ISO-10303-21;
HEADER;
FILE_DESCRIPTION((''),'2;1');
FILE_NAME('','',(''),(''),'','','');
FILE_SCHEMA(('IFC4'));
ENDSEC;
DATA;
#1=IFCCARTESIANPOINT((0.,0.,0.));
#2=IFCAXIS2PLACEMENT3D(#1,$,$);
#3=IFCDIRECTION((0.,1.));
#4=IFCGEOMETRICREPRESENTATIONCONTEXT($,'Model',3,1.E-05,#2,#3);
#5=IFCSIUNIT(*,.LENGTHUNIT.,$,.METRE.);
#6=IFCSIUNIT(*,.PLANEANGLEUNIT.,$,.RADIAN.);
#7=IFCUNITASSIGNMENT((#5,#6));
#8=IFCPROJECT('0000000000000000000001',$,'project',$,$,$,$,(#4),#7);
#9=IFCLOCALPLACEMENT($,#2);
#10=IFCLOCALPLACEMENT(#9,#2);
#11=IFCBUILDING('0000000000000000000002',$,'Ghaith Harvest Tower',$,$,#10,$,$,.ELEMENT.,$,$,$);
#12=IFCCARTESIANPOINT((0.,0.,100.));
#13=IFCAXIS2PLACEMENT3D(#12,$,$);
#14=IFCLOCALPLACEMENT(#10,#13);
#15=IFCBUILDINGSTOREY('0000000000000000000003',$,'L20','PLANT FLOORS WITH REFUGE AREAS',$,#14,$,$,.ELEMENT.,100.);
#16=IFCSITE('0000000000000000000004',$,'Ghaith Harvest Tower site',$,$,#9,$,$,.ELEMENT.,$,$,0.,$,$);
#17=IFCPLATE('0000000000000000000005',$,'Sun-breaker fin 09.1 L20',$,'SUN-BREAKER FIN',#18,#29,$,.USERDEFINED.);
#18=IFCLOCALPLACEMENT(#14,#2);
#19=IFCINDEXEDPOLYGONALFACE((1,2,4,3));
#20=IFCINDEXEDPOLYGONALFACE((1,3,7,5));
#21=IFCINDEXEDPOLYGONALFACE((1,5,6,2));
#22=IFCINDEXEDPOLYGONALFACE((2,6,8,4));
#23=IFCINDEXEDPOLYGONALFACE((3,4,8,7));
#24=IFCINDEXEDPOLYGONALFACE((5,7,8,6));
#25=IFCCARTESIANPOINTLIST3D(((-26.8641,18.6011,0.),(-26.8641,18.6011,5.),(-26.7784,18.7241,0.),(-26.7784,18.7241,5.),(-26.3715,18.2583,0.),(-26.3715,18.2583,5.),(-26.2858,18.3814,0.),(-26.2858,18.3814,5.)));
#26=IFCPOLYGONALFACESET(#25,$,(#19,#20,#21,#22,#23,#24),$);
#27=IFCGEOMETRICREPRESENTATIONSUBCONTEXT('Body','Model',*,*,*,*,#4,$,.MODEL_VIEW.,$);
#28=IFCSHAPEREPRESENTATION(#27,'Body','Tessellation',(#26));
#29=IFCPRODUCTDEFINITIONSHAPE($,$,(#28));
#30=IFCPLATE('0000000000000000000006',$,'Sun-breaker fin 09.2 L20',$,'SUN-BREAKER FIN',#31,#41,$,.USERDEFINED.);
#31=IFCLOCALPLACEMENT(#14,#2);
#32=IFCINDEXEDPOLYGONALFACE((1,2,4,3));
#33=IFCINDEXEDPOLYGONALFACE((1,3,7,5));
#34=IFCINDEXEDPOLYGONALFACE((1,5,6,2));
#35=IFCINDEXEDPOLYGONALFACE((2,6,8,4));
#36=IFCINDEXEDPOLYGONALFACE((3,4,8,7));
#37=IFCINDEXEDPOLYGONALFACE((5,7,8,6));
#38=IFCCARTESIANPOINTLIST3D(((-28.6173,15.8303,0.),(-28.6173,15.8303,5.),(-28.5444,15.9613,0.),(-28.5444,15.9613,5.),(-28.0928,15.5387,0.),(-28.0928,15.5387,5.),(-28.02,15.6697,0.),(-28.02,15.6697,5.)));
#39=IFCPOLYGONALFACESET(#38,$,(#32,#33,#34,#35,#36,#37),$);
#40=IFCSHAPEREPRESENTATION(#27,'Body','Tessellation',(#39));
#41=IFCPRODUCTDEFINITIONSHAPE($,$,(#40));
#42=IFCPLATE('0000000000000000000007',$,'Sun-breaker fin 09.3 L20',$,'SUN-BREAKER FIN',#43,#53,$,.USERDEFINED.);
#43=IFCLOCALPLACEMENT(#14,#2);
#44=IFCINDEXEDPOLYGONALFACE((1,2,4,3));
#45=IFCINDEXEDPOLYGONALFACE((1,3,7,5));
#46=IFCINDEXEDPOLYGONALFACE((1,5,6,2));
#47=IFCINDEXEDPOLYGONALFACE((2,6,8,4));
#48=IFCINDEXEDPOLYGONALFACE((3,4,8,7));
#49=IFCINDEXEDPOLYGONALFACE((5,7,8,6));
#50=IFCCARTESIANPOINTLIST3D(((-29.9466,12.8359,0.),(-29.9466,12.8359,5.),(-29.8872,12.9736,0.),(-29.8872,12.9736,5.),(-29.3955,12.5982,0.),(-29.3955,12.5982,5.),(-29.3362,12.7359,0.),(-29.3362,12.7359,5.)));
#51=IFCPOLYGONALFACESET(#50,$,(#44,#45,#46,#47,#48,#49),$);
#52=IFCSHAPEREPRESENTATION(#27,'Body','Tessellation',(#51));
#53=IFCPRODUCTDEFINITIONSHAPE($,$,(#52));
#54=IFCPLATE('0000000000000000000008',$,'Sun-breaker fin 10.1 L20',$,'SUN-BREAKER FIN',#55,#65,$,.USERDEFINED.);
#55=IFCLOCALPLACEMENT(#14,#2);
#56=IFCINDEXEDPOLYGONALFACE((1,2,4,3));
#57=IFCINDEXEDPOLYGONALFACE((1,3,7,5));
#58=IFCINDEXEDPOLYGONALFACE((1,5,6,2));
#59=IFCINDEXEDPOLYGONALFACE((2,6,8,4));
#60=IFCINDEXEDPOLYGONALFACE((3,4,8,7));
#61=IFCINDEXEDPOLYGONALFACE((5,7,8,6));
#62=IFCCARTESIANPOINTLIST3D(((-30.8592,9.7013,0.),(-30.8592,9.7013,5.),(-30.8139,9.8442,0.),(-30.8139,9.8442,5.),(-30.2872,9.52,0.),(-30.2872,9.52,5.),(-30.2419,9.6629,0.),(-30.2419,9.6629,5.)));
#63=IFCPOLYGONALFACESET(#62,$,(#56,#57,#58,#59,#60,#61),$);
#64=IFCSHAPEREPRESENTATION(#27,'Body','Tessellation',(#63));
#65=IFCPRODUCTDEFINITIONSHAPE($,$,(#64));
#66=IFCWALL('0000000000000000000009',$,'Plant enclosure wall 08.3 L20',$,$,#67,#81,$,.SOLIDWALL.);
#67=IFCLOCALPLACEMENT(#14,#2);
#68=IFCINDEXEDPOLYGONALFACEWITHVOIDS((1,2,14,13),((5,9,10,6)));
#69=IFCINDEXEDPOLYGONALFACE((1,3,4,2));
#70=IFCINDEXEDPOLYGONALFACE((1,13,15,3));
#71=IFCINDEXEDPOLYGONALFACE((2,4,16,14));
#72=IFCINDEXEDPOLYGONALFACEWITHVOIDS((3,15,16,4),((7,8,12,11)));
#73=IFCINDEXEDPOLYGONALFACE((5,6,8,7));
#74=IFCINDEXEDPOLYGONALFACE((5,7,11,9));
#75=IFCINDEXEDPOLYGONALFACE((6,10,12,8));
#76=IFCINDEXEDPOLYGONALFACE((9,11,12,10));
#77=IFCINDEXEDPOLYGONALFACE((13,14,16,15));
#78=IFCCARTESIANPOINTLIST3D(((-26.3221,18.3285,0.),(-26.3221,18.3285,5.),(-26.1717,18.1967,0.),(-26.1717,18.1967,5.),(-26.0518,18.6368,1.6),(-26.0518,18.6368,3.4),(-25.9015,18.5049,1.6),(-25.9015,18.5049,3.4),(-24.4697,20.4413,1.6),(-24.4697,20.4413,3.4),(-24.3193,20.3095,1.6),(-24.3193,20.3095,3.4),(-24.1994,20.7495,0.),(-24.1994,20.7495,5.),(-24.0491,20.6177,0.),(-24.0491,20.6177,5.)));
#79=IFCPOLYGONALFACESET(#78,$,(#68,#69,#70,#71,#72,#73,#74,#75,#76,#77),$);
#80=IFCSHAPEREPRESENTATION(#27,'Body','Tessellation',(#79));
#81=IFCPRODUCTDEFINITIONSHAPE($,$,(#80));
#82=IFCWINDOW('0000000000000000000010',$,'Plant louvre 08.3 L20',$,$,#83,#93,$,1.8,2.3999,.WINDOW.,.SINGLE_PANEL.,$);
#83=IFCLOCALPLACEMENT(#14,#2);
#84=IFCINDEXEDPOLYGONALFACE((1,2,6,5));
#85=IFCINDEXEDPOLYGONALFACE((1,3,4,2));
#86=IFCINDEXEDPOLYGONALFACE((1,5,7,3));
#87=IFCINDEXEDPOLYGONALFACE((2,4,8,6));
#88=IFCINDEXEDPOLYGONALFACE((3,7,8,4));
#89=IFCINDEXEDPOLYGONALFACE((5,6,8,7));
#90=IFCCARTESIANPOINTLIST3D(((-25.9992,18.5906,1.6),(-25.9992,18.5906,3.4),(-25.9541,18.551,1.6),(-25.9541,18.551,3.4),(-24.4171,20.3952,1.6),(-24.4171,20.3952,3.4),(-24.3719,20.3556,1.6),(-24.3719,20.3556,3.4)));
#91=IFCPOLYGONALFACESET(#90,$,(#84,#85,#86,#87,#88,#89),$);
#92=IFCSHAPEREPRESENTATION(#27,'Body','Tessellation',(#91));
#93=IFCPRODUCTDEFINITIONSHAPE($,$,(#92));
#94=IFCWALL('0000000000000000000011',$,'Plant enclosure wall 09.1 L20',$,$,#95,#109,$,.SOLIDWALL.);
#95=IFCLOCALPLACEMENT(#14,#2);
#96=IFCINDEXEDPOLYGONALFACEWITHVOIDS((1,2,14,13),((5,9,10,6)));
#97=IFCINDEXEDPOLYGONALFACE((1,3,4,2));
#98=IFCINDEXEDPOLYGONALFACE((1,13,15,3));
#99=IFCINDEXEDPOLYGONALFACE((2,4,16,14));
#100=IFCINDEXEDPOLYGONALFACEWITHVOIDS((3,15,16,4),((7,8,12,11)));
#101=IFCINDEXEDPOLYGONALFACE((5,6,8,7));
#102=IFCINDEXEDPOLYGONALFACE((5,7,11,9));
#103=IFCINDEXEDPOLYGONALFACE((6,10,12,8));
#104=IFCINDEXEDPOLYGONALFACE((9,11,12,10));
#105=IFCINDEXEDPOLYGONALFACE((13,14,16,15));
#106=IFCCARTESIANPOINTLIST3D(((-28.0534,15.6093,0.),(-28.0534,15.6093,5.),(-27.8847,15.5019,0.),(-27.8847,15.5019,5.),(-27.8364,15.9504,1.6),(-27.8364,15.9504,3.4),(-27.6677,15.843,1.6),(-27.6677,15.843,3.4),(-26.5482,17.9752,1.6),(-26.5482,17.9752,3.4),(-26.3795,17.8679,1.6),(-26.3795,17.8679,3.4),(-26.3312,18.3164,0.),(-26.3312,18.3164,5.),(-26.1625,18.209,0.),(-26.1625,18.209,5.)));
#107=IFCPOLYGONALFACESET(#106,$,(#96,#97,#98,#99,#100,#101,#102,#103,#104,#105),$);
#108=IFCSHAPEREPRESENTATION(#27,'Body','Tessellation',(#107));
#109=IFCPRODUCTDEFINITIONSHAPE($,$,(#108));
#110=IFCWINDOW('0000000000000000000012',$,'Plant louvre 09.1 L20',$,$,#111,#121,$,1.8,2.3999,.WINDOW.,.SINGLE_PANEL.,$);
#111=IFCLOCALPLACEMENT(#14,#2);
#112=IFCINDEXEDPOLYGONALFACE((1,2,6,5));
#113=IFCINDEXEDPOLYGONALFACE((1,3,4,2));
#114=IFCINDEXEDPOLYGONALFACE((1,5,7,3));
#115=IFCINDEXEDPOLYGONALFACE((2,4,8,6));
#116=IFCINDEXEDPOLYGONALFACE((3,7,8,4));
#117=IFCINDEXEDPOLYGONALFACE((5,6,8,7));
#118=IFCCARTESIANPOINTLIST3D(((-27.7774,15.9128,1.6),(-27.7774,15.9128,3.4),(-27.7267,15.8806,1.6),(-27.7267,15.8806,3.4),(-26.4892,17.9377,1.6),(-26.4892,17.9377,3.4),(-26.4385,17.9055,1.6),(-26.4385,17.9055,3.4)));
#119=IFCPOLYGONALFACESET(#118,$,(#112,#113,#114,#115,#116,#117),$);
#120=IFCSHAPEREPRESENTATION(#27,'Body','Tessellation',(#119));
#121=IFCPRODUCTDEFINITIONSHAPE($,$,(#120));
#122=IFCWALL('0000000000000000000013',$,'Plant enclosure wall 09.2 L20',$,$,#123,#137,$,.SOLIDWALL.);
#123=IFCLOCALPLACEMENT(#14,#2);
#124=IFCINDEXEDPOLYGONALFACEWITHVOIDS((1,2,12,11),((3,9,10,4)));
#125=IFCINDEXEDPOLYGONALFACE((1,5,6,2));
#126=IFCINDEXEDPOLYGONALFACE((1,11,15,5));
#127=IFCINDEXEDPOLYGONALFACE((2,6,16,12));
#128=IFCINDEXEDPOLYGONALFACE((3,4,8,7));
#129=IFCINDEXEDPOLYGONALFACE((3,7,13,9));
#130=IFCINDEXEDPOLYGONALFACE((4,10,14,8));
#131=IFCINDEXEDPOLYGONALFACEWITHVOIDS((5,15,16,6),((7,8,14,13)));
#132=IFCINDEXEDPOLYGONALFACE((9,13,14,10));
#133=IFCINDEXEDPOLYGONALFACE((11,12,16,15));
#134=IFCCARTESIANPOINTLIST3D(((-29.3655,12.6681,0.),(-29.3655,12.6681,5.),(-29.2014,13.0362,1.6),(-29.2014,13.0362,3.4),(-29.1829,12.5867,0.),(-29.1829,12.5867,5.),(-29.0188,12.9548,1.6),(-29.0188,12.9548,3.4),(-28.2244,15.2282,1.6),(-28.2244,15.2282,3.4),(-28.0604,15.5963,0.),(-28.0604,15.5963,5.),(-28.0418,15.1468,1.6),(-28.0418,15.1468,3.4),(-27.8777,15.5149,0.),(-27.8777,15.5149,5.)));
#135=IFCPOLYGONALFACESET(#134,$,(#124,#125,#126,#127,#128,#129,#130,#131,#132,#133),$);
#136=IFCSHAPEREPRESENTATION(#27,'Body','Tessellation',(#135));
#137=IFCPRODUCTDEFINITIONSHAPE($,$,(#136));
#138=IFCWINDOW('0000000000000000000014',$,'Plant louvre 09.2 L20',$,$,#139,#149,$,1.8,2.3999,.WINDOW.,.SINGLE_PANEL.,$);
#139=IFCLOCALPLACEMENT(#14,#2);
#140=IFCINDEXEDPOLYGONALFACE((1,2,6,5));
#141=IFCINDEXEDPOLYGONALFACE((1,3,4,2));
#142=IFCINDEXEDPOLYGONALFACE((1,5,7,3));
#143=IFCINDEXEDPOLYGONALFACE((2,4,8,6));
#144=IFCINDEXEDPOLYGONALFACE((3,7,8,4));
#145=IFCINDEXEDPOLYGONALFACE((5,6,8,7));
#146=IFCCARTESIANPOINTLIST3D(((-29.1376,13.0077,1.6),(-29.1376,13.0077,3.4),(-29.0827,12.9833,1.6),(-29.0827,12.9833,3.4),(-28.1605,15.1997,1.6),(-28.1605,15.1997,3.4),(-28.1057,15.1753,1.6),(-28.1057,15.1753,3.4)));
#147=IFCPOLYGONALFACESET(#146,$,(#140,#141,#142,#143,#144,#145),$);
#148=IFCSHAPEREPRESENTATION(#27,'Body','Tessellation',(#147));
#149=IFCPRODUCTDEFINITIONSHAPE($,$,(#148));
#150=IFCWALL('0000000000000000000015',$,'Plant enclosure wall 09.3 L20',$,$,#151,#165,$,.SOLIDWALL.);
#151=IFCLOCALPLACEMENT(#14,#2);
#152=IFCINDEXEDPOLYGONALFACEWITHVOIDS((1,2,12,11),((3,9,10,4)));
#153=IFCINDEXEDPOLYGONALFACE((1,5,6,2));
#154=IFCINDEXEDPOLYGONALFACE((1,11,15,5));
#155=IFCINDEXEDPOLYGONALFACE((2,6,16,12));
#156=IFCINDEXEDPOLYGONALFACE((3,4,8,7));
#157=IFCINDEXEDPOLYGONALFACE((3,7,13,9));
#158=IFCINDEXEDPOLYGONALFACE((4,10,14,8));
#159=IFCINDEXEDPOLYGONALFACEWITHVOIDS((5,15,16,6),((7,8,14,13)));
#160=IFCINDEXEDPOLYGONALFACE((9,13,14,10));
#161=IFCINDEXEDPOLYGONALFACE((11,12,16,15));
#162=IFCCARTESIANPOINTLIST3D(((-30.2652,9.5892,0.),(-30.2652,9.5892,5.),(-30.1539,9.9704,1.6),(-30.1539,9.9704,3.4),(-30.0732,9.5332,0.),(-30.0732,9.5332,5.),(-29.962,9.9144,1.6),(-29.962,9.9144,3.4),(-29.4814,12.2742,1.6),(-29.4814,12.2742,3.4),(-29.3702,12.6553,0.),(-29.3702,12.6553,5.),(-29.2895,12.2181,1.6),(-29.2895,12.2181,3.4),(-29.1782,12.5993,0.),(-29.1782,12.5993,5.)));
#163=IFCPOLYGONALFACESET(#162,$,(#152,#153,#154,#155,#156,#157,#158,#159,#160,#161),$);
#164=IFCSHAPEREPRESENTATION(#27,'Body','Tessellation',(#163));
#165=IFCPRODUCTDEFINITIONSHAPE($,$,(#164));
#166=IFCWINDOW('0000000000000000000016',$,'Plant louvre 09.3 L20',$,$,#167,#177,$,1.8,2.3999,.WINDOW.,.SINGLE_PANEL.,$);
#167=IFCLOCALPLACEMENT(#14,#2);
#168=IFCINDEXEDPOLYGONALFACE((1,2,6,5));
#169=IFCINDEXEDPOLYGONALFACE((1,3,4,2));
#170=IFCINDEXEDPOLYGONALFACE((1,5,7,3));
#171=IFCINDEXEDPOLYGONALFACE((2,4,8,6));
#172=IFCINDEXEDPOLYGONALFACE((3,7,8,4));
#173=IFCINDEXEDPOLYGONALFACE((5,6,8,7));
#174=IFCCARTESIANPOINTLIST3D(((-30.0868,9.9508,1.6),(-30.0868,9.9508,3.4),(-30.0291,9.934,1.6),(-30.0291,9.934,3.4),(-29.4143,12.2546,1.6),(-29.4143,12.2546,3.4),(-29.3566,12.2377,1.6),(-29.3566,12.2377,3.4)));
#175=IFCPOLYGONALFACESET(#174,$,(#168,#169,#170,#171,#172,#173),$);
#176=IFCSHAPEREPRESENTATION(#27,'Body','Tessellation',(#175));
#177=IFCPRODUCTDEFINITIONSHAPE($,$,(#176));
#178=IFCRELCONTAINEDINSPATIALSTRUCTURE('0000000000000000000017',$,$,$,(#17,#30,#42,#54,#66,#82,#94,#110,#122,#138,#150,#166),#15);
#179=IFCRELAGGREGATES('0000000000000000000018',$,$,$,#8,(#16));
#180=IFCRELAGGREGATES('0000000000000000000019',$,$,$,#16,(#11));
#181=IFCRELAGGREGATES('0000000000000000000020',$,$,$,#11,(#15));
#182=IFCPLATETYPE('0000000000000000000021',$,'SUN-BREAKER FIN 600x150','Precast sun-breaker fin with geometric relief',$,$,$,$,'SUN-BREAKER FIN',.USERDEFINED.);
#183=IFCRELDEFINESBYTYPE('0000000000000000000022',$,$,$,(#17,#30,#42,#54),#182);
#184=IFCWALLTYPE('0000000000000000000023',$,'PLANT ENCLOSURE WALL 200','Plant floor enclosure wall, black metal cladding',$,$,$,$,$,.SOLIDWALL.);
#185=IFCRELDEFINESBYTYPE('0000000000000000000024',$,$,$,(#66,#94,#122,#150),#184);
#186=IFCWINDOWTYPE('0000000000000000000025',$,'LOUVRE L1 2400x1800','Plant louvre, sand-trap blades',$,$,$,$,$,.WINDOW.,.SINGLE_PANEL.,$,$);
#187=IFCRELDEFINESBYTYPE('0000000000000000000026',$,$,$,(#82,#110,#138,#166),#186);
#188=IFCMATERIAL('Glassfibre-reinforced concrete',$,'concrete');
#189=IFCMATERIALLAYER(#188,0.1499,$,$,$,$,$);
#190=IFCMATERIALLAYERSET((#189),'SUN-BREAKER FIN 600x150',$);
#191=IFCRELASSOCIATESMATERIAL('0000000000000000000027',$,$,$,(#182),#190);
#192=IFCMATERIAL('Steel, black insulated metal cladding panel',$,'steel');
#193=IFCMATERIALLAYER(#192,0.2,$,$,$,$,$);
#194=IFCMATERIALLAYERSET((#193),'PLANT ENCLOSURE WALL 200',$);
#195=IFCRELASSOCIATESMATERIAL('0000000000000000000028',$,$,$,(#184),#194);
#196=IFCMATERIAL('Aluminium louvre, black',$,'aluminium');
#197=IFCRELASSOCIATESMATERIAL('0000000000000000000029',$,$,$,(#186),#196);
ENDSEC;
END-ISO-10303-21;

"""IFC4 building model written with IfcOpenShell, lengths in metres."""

from ifc_helpers import new_model, si_unit, direction, frame, frame_2d, origin, origin_2d, place, context, subcontext, project, spatial, rectangle, extrude, material, layer, layer_set, type_object, element, fill, save


model = new_model("IFC4")

# Units and contexts
model_context = context("Model", 3, precision=1e-05, world=origin(), true_north=direction((0.0, 1.0)))
body_context = subcontext(model_context, "Body", "Model", "MODEL_VIEW")
ifc_project = project(units=[si_unit("LENGTHUNIT", "METRE"), si_unit("PLANEANGLEUNIT", "RADIAN")], contexts=[model_context])

# Site, building, storey
site_placement = place(None, origin())
site = spatial("IfcSite", under=ifc_project, at=site_placement, Name="Ghaith Harvest Tower site", CompositionType="ELEMENT", RefElevation=0.0)
building_placement = place(site_placement, origin())
building = spatial("IfcBuilding", under=site, at=building_placement, Name="Ghaith Harvest Tower", CompositionType="ELEMENT")
storey_placement = place(building_placement, frame((0.0, 0.0, 100.0)))
storey = spatial("IfcBuildingStorey", under=building, at=storey_placement, Name="L20", Description="PLANT FLOORS WITH REFUGE AREAS", CompositionType="ELEMENT", Elevation=100.0)

# Plates
ifc_material_1 = material(Name="Glassfibre-reinforced concrete", Category="concrete")
ifc_layer_1 = layer(ifc_material_1, 0.1499)
ifc_layer_set_1 = layer_set([ifc_layer_1], Name="SUN-BREAKER FIN 600x150")
plate_type = type_object("IfcPlateType", Name="SUN-BREAKER FIN 600x150", Description="Precast sun-breaker fin with geometric relief", ElementType="SUN-BREAKER FIN", PredefinedType="USERDEFINED", material=ifc_layer_set_1)
for number, where, z_axis, x_axis, name in (
    (1, (-26.575, 18.4912, 0.0), (0.0, 0.0, 1.0), (-0.820845, 0.57115, 0.0), "Sun-breaker fin 09.1 L20"),
    (2, (-28.3186, 15.75, 0.0), (0.0, 0.0, 1.0), (-0.873927, 0.486057, 0.0), "Sun-breaker fin 09.2 L20"),
    (3, (-29.6414, 12.7859, 0.0), (0.0, 0.0, 1.0), (-0.918218, 0.396075, 0.0), "Sun-breaker fin 09.3 L20"),
    (4, (-30.5505, 9.6821, 0.0), (0.0, 0.0, 1.0), (-0.953273, 0.30211, 0.0), "Sun-breaker fin 10.1 L20"),
):
    element("IfcPlate", number, at=place(storey_placement, frame(where, z_axis=z_axis, x_axis=x_axis)), inside=storey, type_object=plate_type, Name=name, ObjectType="SUN-BREAKER FIN", PredefinedType="USERDEFINED", context=body_context, shape_type="SweptSolid", body=[
        extrude(rectangle(XDim=0.6001, YDim=0.1499, at=origin_2d()), origin(), (0.0, 0.0, 1.0), 5.0),
    ])

# Walls, openings, windows
ifc_material_2 = material(Name="Steel, black insulated metal cladding panel", Category="steel")
ifc_layer_2 = layer(ifc_material_2, 0.2)
ifc_layer_set_2 = layer_set([ifc_layer_2], Name="PLANT ENCLOSURE WALL 200")
wall_type = type_object("IfcWallType", Name="PLANT ENCLOSURE WALL 200", Description="Plant floor enclosure wall, black metal cladding", PredefinedType="SOLIDWALL", material=ifc_layer_set_2)
wall_1_placement = place(storey_placement, frame((-24.1243, 20.6836, 0.0), z_axis=(0.0, 0.0, 1.0), x_axis=(-0.659256, -0.751919, 0.0)))
wall_1 = element("IfcWall", 5, at=wall_1_placement, inside=storey, type_object=wall_type, Name="Plant enclosure wall 08.3 L20", PredefinedType="SOLIDWALL", context=body_context, shape_type="SweptSolid", body=[
    extrude(rectangle(XDim=3.2197, YDim=0.2, at=frame_2d((1.6099, 0.0))), origin(), (0.0, 0.0, 1.0), 5.0),
])
opening_1_placement = place(wall_1_placement, frame((0.4099, 0.0, 1.6001)))
opening_1 = element("IfcOpeningElement", 6, at=opening_1_placement, cuts=wall_1, PredefinedType="OPENING", context=body_context, shape_type="SweptSolid", body=[
    extrude(rectangle(XDim=2.3999, YDim=1.8, at=frame_2d((1.2, 0.8999))), frame((0.0, 0.1099, 0.0), z_axis=(0.0, -1.0, 0.0), x_axis=(1.0, 0.0, 0.0)), (0.0, 0.0, 1.0), 0.22),
])
ifc_material_3 = material(Name="Aluminium louvre, black", Category="aluminium")
window_type = type_object("IfcWindowType", Name="LOUVRE L1 2400x1800", Description="Plant louvre, sand-trap blades", PartitioningType="SINGLE_PANEL", PredefinedType="WINDOW", material=ifc_material_3)
window_1_placement = place(opening_1_placement, origin())
window_1 = element("IfcWindow", 7, at=window_1_placement, inside=storey, type_object=window_type, Name="Plant louvre 08.3 L20", OverallHeight=1.8, OverallWidth=2.3999, PartitioningType="SINGLE_PANEL", PredefinedType="WINDOW", context=body_context, shape_type="SweptSolid", body=[
    extrude(rectangle(XDim=2.3999, YDim=1.8, at=frame_2d((1.2, 0.8999))), frame((0.0, 0.03, 0.0), z_axis=(0.0, -1.0, 0.0), x_axis=(1.0, 0.0, 0.0)), (0.0, 0.0, 1.0), 0.0601),
])
fill(opening_1, window_1)
wall_2_placement = place(storey_placement, frame((-26.2468, 18.2627, 0.0), z_axis=(0.0, 0.0, 1.0), x_axis=(-0.536767, -0.84373, 0.0)))
wall_2 = element("IfcWall", 8, at=wall_2_placement, inside=storey, type_object=wall_type, Name="Plant enclosure wall 09.1 L20", PredefinedType="SOLIDWALL", context=body_context, shape_type="SweptSolid", body=[
    extrude(rectangle(XDim=3.2085, YDim=0.2, at=frame_2d((1.6042, 0.0))), origin(), (0.0, 0.0, 1.0), 5.0),
])
opening_2_placement = place(wall_2_placement, frame((0.4043, 0.0, 1.6001)))
opening_2 = element("IfcOpeningElement", 9, at=opening_2_placement, cuts=wall_2, PredefinedType="OPENING", context=body_context, shape_type="SweptSolid", body=[
    extrude(rectangle(XDim=2.3999, YDim=1.8, at=frame_2d((1.2, 0.8999))), frame((0.0, 0.1099, 0.0), z_axis=(0.0, -1.0, 0.0), x_axis=(1.0, 0.0, 0.0)), (0.0, 0.0, 1.0), 0.22),
])
window_2_placement = place(opening_2_placement, origin())
window_2 = element("IfcWindow", 10, at=window_2_placement, inside=storey, type_object=window_type, Name="Plant louvre 09.1 L20", OverallHeight=1.8, OverallWidth=2.3999, PartitioningType="SINGLE_PANEL", PredefinedType="WINDOW", context=body_context, shape_type="SweptSolid", body=[
    extrude(rectangle(XDim=2.3999, YDim=1.8, at=frame_2d((1.2, 0.8999))), frame((0.0, 0.03, 0.0), z_axis=(0.0, -1.0, 0.0), x_axis=(1.0, 0.0, 0.0)), (0.0, 0.0, 1.0), 0.0601),
])
fill(opening_2, window_2)
wall_3_placement = place(storey_placement, frame((-27.969, 15.5557, 0.0), z_axis=(0.0, 0.0, 1.0), x_axis=(-0.407113, -0.913378, 0.0)))
wall_3 = element("IfcWall", 11, at=wall_3_placement, inside=storey, type_object=wall_type, Name="Plant enclosure wall 09.2 L20", PredefinedType="SOLIDWALL", context=body_context, shape_type="SweptSolid", body=[
    extrude(rectangle(XDim=3.2058, YDim=0.2, at=frame_2d((1.603, 0.0))), origin(), (0.0, 0.0, 1.0), 5.0),
])
opening_3_placement = place(wall_3_placement, frame((0.4031, 0.0, 1.6001)))
opening_3 = element("IfcOpeningElement", 12, at=opening_3_placement, cuts=wall_3, PredefinedType="OPENING", context=body_context, shape_type="SweptSolid", body=[
    extrude(rectangle(XDim=2.3999, YDim=1.8, at=frame_2d((1.2, 0.8999))), frame((0.0, 0.1099, 0.0), z_axis=(0.0, -1.0, 0.0), x_axis=(1.0, 0.0, 0.0)), (0.0, 0.0, 1.0), 0.22),
])
window_3_placement = place(opening_3_placement, origin())
window_3 = element("IfcWindow", 13, at=window_3_placement, inside=storey, type_object=window_type, Name="Plant louvre 09.2 L20", OverallHeight=1.8, OverallWidth=2.3999, PartitioningType="SINGLE_PANEL", PredefinedType="WINDOW", context=body_context, shape_type="SweptSolid", body=[
    extrude(rectangle(XDim=2.3999, YDim=1.8, at=frame_2d((1.2, 0.8999))), frame((0.0, 0.03, 0.0), z_axis=(0.0, -1.0, 0.0), x_axis=(1.0, 0.0, 0.0)), (0.0, 0.0, 1.0), 0.0601),
])
fill(opening_3, window_3)
wall_4_placement = place(storey_placement, frame((-29.2742, 12.6274, 0.0), z_axis=(0.0, 0.0, 1.0), x_axis=(-0.280208, -0.959939, 0.0)))
wall_4 = element("IfcWall", 14, at=wall_4_placement, inside=storey, type_object=wall_type, Name="Plant enclosure wall 09.3 L20", PredefinedType="SOLIDWALL", context=body_context, shape_type="SweptSolid", body=[
    extrude(rectangle(XDim=3.1941, YDim=0.2, at=frame_2d((1.5972, 0.0))), origin(), (0.0, 0.0, 1.0), 5.0),
])
opening_4_placement = place(wall_4_placement, frame((0.3972, 0.0, 1.6001)))
opening_4 = element("IfcOpeningElement", 15, at=opening_4_placement, cuts=wall_4, PredefinedType="OPENING", context=body_context, shape_type="SweptSolid", body=[
    extrude(rectangle(XDim=2.3999, YDim=1.8, at=frame_2d((1.2, 0.8999))), frame((0.0, 0.1099, 0.0), z_axis=(0.0, -1.0, 0.0), x_axis=(1.0, 0.0, 0.0)), (0.0, 0.0, 1.0), 0.22),
])
window_4_placement = place(opening_4_placement, origin())
window_4 = element("IfcWindow", 16, at=window_4_placement, inside=storey, type_object=window_type, Name="Plant louvre 09.3 L20", OverallHeight=1.8, OverallWidth=2.3999, PartitioningType="SINGLE_PANEL", PredefinedType="WINDOW", context=body_context, shape_type="SweptSolid", body=[
    extrude(rectangle(XDim=2.3999, YDim=1.8, at=frame_2d((1.2, 0.8999))), frame((0.0, 0.03, 0.0), z_axis=(0.0, -1.0, 0.0), x_axis=(1.0, 0.0, 0.0)), (0.0, 0.0, 1.0), 0.0601),
])
fill(opening_4, window_4)

save(model, "model.ifc")
